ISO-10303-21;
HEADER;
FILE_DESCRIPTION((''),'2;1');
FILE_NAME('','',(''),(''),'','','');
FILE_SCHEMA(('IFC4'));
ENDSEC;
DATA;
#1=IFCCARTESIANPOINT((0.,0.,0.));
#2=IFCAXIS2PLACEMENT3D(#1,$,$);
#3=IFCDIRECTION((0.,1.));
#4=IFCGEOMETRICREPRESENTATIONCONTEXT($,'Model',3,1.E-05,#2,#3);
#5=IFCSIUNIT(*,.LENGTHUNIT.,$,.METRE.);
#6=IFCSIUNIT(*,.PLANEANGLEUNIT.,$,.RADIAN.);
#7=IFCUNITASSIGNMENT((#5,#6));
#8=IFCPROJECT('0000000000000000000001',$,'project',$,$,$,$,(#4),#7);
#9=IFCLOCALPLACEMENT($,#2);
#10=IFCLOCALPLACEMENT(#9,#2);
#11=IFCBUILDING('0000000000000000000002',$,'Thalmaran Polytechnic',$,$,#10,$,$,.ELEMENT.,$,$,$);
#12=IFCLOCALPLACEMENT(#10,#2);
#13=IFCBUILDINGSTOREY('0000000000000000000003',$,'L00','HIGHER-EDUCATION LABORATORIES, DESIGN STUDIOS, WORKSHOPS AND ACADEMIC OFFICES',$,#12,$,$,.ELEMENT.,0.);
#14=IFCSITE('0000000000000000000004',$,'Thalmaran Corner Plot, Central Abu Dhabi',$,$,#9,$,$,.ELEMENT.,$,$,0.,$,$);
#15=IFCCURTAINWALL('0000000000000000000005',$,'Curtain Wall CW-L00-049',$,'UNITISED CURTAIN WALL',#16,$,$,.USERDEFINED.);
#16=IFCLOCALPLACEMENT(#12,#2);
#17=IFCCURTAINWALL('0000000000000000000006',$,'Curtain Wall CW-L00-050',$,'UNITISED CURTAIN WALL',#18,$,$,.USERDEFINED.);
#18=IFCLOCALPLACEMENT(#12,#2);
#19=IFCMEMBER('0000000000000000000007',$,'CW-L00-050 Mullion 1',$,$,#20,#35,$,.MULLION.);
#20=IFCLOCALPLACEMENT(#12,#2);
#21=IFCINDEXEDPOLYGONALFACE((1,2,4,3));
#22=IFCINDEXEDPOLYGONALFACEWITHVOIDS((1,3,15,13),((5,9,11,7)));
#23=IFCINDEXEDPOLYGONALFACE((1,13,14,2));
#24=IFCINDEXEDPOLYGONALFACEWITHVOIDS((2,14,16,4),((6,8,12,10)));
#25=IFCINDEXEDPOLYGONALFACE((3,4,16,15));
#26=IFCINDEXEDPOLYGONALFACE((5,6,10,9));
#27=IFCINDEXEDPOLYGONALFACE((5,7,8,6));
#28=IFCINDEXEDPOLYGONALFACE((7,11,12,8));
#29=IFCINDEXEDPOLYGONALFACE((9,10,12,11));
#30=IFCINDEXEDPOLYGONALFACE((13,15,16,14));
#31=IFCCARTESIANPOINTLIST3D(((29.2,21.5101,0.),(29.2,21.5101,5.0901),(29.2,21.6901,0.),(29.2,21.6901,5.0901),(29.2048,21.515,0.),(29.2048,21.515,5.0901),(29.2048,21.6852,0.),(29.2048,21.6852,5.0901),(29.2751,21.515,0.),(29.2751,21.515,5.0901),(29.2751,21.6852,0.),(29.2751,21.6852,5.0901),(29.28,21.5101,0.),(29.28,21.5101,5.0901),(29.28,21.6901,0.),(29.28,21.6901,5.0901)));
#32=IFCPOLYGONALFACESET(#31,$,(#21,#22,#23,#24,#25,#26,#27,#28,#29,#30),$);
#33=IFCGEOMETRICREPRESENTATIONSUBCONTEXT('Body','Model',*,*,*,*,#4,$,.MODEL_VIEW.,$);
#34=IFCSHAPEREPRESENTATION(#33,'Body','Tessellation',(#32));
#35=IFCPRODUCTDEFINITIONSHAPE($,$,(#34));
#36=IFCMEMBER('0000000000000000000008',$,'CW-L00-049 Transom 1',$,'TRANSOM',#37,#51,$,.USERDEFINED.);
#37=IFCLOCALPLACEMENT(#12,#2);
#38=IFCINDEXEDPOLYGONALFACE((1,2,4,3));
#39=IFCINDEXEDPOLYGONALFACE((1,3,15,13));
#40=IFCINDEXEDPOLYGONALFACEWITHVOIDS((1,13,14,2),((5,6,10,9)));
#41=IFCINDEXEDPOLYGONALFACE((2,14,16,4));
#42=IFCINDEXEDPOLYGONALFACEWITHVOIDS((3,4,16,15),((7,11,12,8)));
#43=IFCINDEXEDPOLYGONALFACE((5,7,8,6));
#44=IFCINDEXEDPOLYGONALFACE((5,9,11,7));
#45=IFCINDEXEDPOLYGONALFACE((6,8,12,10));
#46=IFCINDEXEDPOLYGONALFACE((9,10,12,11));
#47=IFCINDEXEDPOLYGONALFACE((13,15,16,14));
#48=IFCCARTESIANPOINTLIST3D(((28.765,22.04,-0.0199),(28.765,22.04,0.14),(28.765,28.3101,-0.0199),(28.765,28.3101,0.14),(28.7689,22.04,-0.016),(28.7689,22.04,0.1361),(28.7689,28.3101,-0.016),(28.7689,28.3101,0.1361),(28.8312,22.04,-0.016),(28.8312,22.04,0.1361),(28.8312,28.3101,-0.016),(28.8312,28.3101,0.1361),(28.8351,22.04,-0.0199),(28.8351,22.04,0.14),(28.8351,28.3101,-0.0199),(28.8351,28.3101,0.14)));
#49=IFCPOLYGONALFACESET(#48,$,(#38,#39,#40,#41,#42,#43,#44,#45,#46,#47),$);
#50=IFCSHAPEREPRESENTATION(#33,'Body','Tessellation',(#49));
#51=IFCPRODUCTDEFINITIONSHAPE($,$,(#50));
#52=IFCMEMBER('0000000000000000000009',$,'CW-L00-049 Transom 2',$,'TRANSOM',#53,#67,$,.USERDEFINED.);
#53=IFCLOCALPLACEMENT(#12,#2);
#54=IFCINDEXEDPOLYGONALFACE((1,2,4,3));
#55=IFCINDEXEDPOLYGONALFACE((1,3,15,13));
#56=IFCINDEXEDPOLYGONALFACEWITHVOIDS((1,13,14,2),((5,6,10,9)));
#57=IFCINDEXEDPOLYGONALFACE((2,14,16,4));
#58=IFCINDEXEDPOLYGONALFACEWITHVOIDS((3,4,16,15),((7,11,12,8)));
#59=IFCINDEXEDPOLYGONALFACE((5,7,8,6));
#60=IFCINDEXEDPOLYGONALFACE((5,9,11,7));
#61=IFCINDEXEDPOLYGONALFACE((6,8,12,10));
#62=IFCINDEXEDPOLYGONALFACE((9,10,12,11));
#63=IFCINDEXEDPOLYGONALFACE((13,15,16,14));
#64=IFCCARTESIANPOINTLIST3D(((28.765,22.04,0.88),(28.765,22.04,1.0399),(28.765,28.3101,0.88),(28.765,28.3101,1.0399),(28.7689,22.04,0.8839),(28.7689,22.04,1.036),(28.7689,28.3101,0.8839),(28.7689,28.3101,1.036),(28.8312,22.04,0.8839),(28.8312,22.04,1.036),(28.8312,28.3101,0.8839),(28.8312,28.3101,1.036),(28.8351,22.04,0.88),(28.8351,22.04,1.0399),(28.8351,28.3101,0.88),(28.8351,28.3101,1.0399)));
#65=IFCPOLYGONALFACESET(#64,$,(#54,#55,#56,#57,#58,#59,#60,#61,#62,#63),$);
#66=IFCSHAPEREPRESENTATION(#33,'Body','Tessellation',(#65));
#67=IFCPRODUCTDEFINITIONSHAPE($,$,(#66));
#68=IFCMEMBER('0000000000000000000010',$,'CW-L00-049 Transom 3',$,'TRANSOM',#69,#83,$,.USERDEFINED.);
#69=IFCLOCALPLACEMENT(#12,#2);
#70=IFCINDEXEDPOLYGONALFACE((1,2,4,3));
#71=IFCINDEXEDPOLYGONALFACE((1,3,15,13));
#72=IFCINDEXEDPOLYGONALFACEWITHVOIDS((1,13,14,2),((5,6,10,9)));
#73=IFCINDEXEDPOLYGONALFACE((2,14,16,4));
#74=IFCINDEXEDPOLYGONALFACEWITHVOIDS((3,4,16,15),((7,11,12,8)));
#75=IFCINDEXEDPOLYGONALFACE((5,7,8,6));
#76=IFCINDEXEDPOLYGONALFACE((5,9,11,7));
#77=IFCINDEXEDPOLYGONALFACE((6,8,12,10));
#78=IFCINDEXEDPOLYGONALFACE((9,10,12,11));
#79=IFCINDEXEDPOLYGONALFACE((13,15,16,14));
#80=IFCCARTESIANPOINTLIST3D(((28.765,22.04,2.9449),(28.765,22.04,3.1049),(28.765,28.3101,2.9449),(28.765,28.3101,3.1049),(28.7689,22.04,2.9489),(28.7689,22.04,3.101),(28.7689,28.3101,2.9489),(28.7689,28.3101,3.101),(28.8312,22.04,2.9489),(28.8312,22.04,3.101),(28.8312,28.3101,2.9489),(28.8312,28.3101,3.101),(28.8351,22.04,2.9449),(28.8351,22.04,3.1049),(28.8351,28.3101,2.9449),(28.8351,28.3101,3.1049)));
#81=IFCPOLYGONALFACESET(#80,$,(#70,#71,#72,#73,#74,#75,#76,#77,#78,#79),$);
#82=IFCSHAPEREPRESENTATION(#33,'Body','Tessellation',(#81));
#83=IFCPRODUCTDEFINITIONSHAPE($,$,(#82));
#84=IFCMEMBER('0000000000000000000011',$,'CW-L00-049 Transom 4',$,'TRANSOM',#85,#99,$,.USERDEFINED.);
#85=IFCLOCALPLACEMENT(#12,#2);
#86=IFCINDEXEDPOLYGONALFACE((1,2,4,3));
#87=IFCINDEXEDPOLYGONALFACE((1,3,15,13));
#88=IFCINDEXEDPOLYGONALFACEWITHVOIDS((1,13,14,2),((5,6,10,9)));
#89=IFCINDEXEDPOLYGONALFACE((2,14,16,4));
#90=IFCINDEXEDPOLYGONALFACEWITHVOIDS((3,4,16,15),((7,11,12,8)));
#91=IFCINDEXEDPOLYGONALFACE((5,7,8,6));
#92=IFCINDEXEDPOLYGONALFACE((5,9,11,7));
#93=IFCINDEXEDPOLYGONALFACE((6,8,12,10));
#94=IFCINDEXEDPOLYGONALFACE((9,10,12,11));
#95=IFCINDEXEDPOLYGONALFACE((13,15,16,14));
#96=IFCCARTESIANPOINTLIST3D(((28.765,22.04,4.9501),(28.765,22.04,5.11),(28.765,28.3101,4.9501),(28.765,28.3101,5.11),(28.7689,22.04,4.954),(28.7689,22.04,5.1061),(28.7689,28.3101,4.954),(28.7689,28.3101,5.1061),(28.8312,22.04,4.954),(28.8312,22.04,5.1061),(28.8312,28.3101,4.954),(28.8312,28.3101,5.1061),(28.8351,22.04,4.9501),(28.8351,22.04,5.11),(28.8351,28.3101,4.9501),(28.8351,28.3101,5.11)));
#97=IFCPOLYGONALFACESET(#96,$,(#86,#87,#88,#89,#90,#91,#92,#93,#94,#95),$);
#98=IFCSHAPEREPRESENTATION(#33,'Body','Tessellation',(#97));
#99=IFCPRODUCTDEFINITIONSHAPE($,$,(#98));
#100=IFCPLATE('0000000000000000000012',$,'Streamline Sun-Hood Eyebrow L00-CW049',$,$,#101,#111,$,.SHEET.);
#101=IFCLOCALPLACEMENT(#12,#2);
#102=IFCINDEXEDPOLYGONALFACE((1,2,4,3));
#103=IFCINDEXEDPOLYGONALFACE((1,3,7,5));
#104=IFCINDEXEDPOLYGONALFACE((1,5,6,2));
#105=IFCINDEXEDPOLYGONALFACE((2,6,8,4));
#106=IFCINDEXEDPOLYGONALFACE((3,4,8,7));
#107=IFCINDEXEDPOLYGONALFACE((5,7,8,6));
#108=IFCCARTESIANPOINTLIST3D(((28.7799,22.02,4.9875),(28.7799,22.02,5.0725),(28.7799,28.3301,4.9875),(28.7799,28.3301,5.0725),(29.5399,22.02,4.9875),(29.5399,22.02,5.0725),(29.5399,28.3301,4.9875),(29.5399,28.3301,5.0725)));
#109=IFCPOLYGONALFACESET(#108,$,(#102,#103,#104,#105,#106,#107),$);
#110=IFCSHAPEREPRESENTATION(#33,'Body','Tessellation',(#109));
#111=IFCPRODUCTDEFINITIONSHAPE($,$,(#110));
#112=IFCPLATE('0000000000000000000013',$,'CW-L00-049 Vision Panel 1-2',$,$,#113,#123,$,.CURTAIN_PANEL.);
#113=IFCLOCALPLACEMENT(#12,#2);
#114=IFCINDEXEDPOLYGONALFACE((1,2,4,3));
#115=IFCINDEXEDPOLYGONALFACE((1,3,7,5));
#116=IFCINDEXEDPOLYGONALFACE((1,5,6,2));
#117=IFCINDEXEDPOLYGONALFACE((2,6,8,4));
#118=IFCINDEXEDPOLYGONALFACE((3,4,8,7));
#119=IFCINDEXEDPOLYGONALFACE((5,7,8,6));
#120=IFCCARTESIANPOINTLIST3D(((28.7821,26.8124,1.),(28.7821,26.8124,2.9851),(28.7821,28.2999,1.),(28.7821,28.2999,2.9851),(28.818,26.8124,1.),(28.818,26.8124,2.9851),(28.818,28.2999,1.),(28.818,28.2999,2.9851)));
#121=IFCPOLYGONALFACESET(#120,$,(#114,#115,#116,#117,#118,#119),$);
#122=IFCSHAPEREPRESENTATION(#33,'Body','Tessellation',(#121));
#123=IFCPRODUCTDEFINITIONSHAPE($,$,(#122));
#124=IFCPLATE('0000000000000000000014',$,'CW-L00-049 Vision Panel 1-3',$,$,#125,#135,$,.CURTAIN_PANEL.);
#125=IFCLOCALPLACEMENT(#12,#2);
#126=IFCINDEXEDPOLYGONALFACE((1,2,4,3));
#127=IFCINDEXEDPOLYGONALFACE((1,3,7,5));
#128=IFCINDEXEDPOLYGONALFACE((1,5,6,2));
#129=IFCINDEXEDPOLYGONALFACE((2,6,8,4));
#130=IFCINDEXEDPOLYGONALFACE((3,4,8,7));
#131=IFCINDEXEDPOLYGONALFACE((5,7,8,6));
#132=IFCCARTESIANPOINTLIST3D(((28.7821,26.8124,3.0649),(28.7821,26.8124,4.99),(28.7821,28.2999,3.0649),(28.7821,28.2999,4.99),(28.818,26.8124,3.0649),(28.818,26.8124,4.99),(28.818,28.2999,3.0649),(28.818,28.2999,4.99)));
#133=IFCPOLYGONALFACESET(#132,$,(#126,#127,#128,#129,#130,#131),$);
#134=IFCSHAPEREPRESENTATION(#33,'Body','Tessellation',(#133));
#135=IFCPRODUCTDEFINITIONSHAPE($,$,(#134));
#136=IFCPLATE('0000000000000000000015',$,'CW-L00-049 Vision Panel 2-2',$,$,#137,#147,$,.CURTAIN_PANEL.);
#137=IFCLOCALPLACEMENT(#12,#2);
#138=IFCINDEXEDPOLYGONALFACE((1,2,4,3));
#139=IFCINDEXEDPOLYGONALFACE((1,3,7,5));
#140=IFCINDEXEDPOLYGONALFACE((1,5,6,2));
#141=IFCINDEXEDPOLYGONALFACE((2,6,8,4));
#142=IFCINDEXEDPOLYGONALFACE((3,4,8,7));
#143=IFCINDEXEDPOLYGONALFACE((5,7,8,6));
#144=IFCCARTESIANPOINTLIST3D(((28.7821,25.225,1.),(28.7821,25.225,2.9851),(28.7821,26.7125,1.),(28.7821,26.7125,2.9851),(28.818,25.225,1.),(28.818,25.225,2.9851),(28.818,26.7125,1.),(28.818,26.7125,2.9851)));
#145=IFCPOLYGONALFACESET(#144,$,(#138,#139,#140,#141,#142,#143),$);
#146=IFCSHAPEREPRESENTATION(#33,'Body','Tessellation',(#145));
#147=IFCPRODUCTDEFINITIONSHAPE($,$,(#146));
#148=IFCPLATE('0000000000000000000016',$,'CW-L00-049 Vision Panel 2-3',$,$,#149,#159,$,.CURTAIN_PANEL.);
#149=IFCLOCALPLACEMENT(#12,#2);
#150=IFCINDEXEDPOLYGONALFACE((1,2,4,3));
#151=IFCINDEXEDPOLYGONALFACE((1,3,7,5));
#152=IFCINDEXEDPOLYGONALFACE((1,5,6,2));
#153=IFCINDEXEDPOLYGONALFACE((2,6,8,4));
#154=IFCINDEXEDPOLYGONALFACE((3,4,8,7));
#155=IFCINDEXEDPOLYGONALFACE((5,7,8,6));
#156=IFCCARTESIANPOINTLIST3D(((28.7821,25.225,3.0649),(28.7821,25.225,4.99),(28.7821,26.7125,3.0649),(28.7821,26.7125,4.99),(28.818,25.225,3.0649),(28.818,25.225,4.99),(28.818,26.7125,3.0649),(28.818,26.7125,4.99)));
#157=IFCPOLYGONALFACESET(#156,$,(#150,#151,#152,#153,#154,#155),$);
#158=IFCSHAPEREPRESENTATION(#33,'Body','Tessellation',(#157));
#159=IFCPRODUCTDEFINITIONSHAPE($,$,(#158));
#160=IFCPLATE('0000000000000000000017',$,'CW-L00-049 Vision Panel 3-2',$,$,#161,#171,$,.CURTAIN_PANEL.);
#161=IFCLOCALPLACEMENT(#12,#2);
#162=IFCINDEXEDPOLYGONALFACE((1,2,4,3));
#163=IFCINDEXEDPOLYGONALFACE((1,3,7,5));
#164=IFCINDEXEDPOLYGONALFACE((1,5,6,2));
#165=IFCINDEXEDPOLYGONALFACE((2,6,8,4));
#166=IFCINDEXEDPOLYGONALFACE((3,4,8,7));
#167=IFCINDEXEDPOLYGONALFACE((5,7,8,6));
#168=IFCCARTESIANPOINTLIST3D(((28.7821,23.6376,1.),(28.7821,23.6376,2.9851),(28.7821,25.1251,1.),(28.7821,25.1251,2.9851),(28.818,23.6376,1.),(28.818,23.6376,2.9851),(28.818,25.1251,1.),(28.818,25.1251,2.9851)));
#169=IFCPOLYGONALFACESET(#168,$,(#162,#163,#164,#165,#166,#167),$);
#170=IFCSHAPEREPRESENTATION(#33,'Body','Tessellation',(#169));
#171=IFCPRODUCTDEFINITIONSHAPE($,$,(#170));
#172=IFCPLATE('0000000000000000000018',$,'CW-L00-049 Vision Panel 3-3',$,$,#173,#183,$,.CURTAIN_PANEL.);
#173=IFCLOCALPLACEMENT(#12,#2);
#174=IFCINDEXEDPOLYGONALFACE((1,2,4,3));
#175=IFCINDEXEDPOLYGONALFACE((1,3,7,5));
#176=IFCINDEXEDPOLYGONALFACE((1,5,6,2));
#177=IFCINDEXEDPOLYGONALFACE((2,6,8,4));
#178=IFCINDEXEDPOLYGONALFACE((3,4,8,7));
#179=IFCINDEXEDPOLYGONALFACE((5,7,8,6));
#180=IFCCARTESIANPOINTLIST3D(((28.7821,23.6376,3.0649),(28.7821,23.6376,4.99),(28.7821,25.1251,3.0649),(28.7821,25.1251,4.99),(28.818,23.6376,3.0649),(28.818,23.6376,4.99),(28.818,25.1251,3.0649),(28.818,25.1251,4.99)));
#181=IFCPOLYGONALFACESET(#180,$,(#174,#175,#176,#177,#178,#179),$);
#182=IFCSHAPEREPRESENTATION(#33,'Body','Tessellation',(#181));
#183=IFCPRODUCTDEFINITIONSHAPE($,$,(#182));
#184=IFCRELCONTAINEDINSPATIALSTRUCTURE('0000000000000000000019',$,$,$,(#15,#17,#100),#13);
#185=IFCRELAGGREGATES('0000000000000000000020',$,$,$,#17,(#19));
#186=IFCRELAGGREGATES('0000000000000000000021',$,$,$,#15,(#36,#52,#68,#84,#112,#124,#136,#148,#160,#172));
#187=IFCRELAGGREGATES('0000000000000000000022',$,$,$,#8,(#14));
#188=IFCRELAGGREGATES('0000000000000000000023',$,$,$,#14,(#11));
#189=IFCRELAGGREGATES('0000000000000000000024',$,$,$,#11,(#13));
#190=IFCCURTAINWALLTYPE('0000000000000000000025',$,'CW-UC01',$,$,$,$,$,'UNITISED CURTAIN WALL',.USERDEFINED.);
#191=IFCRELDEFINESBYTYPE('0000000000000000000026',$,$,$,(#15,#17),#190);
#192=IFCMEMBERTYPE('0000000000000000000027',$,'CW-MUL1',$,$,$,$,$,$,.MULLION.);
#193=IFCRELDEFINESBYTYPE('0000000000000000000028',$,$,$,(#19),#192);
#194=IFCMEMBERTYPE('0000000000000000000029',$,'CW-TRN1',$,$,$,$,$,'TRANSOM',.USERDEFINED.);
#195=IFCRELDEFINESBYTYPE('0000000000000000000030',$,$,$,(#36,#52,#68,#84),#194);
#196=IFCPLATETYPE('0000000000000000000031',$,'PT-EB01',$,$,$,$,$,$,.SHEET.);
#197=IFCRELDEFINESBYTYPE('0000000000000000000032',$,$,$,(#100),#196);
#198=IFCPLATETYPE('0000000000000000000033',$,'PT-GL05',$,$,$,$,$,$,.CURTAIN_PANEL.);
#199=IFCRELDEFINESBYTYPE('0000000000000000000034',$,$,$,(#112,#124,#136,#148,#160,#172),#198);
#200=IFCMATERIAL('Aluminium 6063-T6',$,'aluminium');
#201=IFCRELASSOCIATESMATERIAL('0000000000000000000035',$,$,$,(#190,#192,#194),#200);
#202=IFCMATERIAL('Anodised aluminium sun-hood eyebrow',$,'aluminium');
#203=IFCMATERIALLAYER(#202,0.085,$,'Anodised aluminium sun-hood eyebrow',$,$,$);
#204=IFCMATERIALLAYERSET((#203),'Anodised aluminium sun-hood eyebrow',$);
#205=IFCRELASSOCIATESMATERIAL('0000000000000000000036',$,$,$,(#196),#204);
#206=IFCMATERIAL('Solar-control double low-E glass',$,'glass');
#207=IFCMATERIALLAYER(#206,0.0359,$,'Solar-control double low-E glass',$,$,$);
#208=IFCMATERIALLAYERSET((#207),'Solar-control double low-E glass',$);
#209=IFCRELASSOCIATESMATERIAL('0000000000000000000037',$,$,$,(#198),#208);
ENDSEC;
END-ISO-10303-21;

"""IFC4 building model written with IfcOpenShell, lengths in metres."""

from ifc_helpers import new_model, si_unit, direction, frame, origin, origin_2d, place, context, subcontext, project, spatial, rectangle, hollow_rectangle, extrude, material, layer, layer_set, material_profile, profile_set, type_object, element, aggregate, save


model = new_model("IFC4")

# Units and contexts
model_context = context("Model", 3, precision=1e-05, world=origin(), true_north=direction((0.0, 1.0)))
body_context = subcontext(model_context, "Body", "Model", "MODEL_VIEW")
ifc_project = project(units=[si_unit("LENGTHUNIT", "METRE"), si_unit("PLANEANGLEUNIT", "RADIAN")], contexts=[model_context])

# Site, building, storey
site_placement = place(None, origin())
site = spatial("IfcSite", under=ifc_project, at=site_placement, Name="Thalmaran Corner Plot, Central Abu Dhabi", CompositionType="ELEMENT", RefElevation=0.0)
building_placement = place(site_placement, origin())
building = spatial("IfcBuilding", under=site, at=building_placement, Name="Thalmaran Polytechnic", CompositionType="ELEMENT")
storey_placement = place(building_placement, origin())
storey = spatial("IfcBuildingStorey", under=building, at=storey_placement, Name="L00", Description="HIGHER-EDUCATION LABORATORIES, DESIGN STUDIOS, WORKSHOPS AND ACADEMIC OFFICES", CompositionType="ELEMENT", Elevation=0.0)

# Curtain wall
ifc_material_1 = material(Name="Aluminium 6063-T6", Category="aluminium")
curtain_wall_type = type_object("IfcCurtainWallType", Name="CW-UC01", ElementType="UNITISED CURTAIN WALL", PredefinedType="USERDEFINED", material=ifc_material_1)
curtain_wall_1_placement = place(storey_placement, origin())
curtain_wall_1 = element("IfcCurtainWall", 1, at=curtain_wall_1_placement, inside=storey, type_object=curtain_wall_type, Name="Curtain Wall CW-L00-049", ObjectType="UNITISED CURTAIN WALL", PredefinedType="USERDEFINED")
ifc_material_profile_1 = material_profile(ifc_material_1, hollow_rectangle(XDim=0.0801, YDim=0.1799, WallThickness=0.0049, at=origin_2d()), Name="RHS 180x80x5.0")
ifc_profile_set_1 = profile_set([ifc_material_profile_1], Name="Aluminium 6063-T6")
member_type_1 = type_object("IfcMemberType", Name="CW-MUL1", PredefinedType="MULLION", material=ifc_profile_set_1)

# Curtain wall, member
curtain_wall_2_placement = place(storey_placement, origin())
curtain_wall_2 = element("IfcCurtainWall", 2, at=curtain_wall_2_placement, inside=storey, type_object=curtain_wall_type, Name="Curtain Wall CW-L00-050", ObjectType="UNITISED CURTAIN WALL", PredefinedType="USERDEFINED")
member_1_placement = place(storey_placement, frame((29.24, 21.6001, 0.0), z_axis=(0.0, 0.0, 1.0), x_axis=(1.0, 0.0, 0.0)))
member_1 = element("IfcMember", 3, at=member_1_placement, type_object=member_type_1, Name="CW-L00-050 Mullion 1", PredefinedType="MULLION", context=body_context, shape_type="SweptSolid", body=[
    extrude(hollow_rectangle(XDim=0.0801, YDim=0.1799, WallThickness=0.0049, at=origin_2d()), origin(), (0.0, 0.0, 1.0), 5.0901),
])
aggregate(curtain_wall_2, [member_1])

# Members
ifc_material_profile_2 = material_profile(ifc_material_1, hollow_rectangle(XDim=0.0701, YDim=0.1599, WallThickness=0.0039, at=origin_2d()), Name="AL 160x70x4.0")
ifc_profile_set_2 = profile_set([ifc_material_profile_2], Name="Aluminium 6063-T6")
member_type_2 = type_object("IfcMemberType", Name="CW-TRN1", ElementType="TRANSOM", PredefinedType="USERDEFINED", material=ifc_profile_set_2)
member_2_placement = place(storey_placement, frame((28.8, 28.3101, 0.0601), z_axis=(0.0, -1.0, 0.0), x_axis=(1.0, 0.0, 0.0)))
member_2 = element("IfcMember", 4, at=member_2_placement, type_object=member_type_2, Name="CW-L00-049 Transom 1", ObjectType="TRANSOM", PredefinedType="USERDEFINED", context=body_context, shape_type="SweptSolid", body=[
    extrude(hollow_rectangle(XDim=0.0701, YDim=0.1599, WallThickness=0.0039, at=origin_2d()), origin(), (0.0, 0.0, 1.0), 6.27),
])
member_3_placement = place(storey_placement, frame((28.8, 28.3101, 0.96), z_axis=(0.0, -1.0, 0.0), x_axis=(1.0, 0.0, 0.0)))
member_3 = element("IfcMember", 5, at=member_3_placement, type_object=member_type_2, Name="CW-L00-049 Transom 2", ObjectType="TRANSOM", PredefinedType="USERDEFINED", context=body_context, shape_type="SweptSolid", body=[
    extrude(hollow_rectangle(XDim=0.0701, YDim=0.1599, WallThickness=0.0039, at=origin_2d()), origin(), (0.0, 0.0, 1.0), 6.27),
])
member_4_placement = place(storey_placement, frame((28.8, 28.3101, 3.0249), z_axis=(0.0, -1.0, 0.0), x_axis=(1.0, 0.0, 0.0)))
member_4 = element("IfcMember", 6, at=member_4_placement, type_object=member_type_2, Name="CW-L00-049 Transom 3", ObjectType="TRANSOM", PredefinedType="USERDEFINED", context=body_context, shape_type="SweptSolid", body=[
    extrude(hollow_rectangle(XDim=0.0701, YDim=0.1599, WallThickness=0.0039, at=origin_2d()), origin(), (0.0, 0.0, 1.0), 6.27),
])
member_5_placement = place(storey_placement, frame((28.8, 28.3101, 5.03), z_axis=(0.0, -1.0, 0.0), x_axis=(1.0, 0.0, 0.0)))
member_5 = element("IfcMember", 7, at=member_5_placement, type_object=member_type_2, Name="CW-L00-049 Transom 4", ObjectType="TRANSOM", PredefinedType="USERDEFINED", context=body_context, shape_type="SweptSolid", body=[
    extrude(hollow_rectangle(XDim=0.0701, YDim=0.1599, WallThickness=0.0039, at=origin_2d()), origin(), (0.0, 0.0, 1.0), 6.27),
])

# Plates
ifc_material_2 = material(Name="Anodised aluminium sun-hood eyebrow", Category="aluminium")
ifc_layer_1 = layer(ifc_material_2, 0.085, Name="Anodised aluminium sun-hood eyebrow")
ifc_layer_set_1 = layer_set([ifc_layer_1], Name="Anodised aluminium sun-hood eyebrow")
plate_type_1 = type_object("IfcPlateType", Name="PT-EB01", PredefinedType="SHEET", material=ifc_layer_set_1)
plate_1_placement = place(storey_placement, frame((29.1599, 25.175, 4.9875), z_axis=(0.0, 0.0, 1.0), x_axis=(0.0, -1.0, 0.0)))
element("IfcPlate", 8, at=plate_1_placement, inside=storey, type_object=plate_type_1, Name="Streamline Sun-Hood Eyebrow L00-CW049", PredefinedType="SHEET", context=body_context, shape_type="SweptSolid", body=[
    extrude(rectangle(XDim=6.3101, YDim=0.76, at=origin_2d()), origin(), (0.0, 0.0, 1.0), 0.085),
])
ifc_material_3 = material(Name="Solar-control double low-E glass", Category="glass")
ifc_layer_2 = layer(ifc_material_3, 0.0359, Name="Solar-control double low-E glass")
ifc_layer_set_2 = layer_set([ifc_layer_2], Name="Solar-control double low-E glass")
plate_type_2 = type_object("IfcPlateType", Name="PT-GL05", PredefinedType="CURTAIN_PANEL", material=ifc_layer_set_2)
plate_2_placement = place(storey_placement, frame((28.8, 27.5562, 1.0), z_axis=(0.0, 0.0, 1.0), x_axis=(0.0, -1.0, 0.0)))
plate_2 = element("IfcPlate", 9, at=plate_2_placement, type_object=plate_type_2, Name="CW-L00-049 Vision Panel 1-2", PredefinedType="CURTAIN_PANEL", context=body_context, shape_type="SweptSolid", body=[
    extrude(rectangle(XDim=1.4875, YDim=0.0359, at=origin_2d()), origin(), (0.0, 0.0, 1.0), 1.9851),
])
plate_3_placement = place(storey_placement, frame((28.8, 27.5562, 3.0649), z_axis=(0.0, 0.0, 1.0), x_axis=(0.0, -1.0, 0.0)))
plate_3 = element("IfcPlate", 10, at=plate_3_placement, type_object=plate_type_2, Name="CW-L00-049 Vision Panel 1-3", PredefinedType="CURTAIN_PANEL", context=body_context, shape_type="SweptSolid", body=[
    extrude(rectangle(XDim=1.4875, YDim=0.0359, at=origin_2d()), origin(), (0.0, 0.0, 1.0), 1.925),
])
plate_4_placement = place(storey_placement, frame((28.8, 25.9688, 1.0), z_axis=(0.0, 0.0, 1.0), x_axis=(0.0, -1.0, 0.0)))
plate_4 = element("IfcPlate", 11, at=plate_4_placement, type_object=plate_type_2, Name="CW-L00-049 Vision Panel 2-2", PredefinedType="CURTAIN_PANEL", context=body_context, shape_type="SweptSolid", body=[
    extrude(rectangle(XDim=1.4875, YDim=0.0359, at=origin_2d()), origin(), (0.0, 0.0, 1.0), 1.9851),
])
plate_5_placement = place(storey_placement, frame((28.8, 25.9688, 3.0649), z_axis=(0.0, 0.0, 1.0), x_axis=(0.0, -1.0, 0.0)))
plate_5 = element("IfcPlate", 12, at=plate_5_placement, type_object=plate_type_2, Name="CW-L00-049 Vision Panel 2-3", PredefinedType="CURTAIN_PANEL", context=body_context, shape_type="SweptSolid", body=[
    extrude(rectangle(XDim=1.4875, YDim=0.0359, at=origin_2d()), origin(), (0.0, 0.0, 1.0), 1.925),
])
plate_6_placement = place(storey_placement, frame((28.8, 24.3813, 1.0), z_axis=(0.0, 0.0, 1.0), x_axis=(0.0, -1.0, 0.0)))
plate_6 = element("IfcPlate", 13, at=plate_6_placement, type_object=plate_type_2, Name="CW-L00-049 Vision Panel 3-2", PredefinedType="CURTAIN_PANEL", context=body_context, shape_type="SweptSolid", body=[
    extrude(rectangle(XDim=1.4875, YDim=0.0359, at=origin_2d()), origin(), (0.0, 0.0, 1.0), 1.9851),
])
plate_7_placement = place(storey_placement, frame((28.8, 24.3813, 3.0649), z_axis=(0.0, 0.0, 1.0), x_axis=(0.0, -1.0, 0.0)))
plate_7 = element("IfcPlate", 14, at=plate_7_placement, type_object=plate_type_2, Name="CW-L00-049 Vision Panel 3-3", PredefinedType="CURTAIN_PANEL", context=body_context, shape_type="SweptSolid", body=[
    extrude(rectangle(XDim=1.4875, YDim=0.0359, at=origin_2d()), origin(), (0.0, 0.0, 1.0), 1.925),
])
aggregate(curtain_wall_1, [member_2, member_3, member_4, member_5, plate_2, plate_3, plate_4, plate_5, plate_6, plate_7])

save(model, "model.ifc")
